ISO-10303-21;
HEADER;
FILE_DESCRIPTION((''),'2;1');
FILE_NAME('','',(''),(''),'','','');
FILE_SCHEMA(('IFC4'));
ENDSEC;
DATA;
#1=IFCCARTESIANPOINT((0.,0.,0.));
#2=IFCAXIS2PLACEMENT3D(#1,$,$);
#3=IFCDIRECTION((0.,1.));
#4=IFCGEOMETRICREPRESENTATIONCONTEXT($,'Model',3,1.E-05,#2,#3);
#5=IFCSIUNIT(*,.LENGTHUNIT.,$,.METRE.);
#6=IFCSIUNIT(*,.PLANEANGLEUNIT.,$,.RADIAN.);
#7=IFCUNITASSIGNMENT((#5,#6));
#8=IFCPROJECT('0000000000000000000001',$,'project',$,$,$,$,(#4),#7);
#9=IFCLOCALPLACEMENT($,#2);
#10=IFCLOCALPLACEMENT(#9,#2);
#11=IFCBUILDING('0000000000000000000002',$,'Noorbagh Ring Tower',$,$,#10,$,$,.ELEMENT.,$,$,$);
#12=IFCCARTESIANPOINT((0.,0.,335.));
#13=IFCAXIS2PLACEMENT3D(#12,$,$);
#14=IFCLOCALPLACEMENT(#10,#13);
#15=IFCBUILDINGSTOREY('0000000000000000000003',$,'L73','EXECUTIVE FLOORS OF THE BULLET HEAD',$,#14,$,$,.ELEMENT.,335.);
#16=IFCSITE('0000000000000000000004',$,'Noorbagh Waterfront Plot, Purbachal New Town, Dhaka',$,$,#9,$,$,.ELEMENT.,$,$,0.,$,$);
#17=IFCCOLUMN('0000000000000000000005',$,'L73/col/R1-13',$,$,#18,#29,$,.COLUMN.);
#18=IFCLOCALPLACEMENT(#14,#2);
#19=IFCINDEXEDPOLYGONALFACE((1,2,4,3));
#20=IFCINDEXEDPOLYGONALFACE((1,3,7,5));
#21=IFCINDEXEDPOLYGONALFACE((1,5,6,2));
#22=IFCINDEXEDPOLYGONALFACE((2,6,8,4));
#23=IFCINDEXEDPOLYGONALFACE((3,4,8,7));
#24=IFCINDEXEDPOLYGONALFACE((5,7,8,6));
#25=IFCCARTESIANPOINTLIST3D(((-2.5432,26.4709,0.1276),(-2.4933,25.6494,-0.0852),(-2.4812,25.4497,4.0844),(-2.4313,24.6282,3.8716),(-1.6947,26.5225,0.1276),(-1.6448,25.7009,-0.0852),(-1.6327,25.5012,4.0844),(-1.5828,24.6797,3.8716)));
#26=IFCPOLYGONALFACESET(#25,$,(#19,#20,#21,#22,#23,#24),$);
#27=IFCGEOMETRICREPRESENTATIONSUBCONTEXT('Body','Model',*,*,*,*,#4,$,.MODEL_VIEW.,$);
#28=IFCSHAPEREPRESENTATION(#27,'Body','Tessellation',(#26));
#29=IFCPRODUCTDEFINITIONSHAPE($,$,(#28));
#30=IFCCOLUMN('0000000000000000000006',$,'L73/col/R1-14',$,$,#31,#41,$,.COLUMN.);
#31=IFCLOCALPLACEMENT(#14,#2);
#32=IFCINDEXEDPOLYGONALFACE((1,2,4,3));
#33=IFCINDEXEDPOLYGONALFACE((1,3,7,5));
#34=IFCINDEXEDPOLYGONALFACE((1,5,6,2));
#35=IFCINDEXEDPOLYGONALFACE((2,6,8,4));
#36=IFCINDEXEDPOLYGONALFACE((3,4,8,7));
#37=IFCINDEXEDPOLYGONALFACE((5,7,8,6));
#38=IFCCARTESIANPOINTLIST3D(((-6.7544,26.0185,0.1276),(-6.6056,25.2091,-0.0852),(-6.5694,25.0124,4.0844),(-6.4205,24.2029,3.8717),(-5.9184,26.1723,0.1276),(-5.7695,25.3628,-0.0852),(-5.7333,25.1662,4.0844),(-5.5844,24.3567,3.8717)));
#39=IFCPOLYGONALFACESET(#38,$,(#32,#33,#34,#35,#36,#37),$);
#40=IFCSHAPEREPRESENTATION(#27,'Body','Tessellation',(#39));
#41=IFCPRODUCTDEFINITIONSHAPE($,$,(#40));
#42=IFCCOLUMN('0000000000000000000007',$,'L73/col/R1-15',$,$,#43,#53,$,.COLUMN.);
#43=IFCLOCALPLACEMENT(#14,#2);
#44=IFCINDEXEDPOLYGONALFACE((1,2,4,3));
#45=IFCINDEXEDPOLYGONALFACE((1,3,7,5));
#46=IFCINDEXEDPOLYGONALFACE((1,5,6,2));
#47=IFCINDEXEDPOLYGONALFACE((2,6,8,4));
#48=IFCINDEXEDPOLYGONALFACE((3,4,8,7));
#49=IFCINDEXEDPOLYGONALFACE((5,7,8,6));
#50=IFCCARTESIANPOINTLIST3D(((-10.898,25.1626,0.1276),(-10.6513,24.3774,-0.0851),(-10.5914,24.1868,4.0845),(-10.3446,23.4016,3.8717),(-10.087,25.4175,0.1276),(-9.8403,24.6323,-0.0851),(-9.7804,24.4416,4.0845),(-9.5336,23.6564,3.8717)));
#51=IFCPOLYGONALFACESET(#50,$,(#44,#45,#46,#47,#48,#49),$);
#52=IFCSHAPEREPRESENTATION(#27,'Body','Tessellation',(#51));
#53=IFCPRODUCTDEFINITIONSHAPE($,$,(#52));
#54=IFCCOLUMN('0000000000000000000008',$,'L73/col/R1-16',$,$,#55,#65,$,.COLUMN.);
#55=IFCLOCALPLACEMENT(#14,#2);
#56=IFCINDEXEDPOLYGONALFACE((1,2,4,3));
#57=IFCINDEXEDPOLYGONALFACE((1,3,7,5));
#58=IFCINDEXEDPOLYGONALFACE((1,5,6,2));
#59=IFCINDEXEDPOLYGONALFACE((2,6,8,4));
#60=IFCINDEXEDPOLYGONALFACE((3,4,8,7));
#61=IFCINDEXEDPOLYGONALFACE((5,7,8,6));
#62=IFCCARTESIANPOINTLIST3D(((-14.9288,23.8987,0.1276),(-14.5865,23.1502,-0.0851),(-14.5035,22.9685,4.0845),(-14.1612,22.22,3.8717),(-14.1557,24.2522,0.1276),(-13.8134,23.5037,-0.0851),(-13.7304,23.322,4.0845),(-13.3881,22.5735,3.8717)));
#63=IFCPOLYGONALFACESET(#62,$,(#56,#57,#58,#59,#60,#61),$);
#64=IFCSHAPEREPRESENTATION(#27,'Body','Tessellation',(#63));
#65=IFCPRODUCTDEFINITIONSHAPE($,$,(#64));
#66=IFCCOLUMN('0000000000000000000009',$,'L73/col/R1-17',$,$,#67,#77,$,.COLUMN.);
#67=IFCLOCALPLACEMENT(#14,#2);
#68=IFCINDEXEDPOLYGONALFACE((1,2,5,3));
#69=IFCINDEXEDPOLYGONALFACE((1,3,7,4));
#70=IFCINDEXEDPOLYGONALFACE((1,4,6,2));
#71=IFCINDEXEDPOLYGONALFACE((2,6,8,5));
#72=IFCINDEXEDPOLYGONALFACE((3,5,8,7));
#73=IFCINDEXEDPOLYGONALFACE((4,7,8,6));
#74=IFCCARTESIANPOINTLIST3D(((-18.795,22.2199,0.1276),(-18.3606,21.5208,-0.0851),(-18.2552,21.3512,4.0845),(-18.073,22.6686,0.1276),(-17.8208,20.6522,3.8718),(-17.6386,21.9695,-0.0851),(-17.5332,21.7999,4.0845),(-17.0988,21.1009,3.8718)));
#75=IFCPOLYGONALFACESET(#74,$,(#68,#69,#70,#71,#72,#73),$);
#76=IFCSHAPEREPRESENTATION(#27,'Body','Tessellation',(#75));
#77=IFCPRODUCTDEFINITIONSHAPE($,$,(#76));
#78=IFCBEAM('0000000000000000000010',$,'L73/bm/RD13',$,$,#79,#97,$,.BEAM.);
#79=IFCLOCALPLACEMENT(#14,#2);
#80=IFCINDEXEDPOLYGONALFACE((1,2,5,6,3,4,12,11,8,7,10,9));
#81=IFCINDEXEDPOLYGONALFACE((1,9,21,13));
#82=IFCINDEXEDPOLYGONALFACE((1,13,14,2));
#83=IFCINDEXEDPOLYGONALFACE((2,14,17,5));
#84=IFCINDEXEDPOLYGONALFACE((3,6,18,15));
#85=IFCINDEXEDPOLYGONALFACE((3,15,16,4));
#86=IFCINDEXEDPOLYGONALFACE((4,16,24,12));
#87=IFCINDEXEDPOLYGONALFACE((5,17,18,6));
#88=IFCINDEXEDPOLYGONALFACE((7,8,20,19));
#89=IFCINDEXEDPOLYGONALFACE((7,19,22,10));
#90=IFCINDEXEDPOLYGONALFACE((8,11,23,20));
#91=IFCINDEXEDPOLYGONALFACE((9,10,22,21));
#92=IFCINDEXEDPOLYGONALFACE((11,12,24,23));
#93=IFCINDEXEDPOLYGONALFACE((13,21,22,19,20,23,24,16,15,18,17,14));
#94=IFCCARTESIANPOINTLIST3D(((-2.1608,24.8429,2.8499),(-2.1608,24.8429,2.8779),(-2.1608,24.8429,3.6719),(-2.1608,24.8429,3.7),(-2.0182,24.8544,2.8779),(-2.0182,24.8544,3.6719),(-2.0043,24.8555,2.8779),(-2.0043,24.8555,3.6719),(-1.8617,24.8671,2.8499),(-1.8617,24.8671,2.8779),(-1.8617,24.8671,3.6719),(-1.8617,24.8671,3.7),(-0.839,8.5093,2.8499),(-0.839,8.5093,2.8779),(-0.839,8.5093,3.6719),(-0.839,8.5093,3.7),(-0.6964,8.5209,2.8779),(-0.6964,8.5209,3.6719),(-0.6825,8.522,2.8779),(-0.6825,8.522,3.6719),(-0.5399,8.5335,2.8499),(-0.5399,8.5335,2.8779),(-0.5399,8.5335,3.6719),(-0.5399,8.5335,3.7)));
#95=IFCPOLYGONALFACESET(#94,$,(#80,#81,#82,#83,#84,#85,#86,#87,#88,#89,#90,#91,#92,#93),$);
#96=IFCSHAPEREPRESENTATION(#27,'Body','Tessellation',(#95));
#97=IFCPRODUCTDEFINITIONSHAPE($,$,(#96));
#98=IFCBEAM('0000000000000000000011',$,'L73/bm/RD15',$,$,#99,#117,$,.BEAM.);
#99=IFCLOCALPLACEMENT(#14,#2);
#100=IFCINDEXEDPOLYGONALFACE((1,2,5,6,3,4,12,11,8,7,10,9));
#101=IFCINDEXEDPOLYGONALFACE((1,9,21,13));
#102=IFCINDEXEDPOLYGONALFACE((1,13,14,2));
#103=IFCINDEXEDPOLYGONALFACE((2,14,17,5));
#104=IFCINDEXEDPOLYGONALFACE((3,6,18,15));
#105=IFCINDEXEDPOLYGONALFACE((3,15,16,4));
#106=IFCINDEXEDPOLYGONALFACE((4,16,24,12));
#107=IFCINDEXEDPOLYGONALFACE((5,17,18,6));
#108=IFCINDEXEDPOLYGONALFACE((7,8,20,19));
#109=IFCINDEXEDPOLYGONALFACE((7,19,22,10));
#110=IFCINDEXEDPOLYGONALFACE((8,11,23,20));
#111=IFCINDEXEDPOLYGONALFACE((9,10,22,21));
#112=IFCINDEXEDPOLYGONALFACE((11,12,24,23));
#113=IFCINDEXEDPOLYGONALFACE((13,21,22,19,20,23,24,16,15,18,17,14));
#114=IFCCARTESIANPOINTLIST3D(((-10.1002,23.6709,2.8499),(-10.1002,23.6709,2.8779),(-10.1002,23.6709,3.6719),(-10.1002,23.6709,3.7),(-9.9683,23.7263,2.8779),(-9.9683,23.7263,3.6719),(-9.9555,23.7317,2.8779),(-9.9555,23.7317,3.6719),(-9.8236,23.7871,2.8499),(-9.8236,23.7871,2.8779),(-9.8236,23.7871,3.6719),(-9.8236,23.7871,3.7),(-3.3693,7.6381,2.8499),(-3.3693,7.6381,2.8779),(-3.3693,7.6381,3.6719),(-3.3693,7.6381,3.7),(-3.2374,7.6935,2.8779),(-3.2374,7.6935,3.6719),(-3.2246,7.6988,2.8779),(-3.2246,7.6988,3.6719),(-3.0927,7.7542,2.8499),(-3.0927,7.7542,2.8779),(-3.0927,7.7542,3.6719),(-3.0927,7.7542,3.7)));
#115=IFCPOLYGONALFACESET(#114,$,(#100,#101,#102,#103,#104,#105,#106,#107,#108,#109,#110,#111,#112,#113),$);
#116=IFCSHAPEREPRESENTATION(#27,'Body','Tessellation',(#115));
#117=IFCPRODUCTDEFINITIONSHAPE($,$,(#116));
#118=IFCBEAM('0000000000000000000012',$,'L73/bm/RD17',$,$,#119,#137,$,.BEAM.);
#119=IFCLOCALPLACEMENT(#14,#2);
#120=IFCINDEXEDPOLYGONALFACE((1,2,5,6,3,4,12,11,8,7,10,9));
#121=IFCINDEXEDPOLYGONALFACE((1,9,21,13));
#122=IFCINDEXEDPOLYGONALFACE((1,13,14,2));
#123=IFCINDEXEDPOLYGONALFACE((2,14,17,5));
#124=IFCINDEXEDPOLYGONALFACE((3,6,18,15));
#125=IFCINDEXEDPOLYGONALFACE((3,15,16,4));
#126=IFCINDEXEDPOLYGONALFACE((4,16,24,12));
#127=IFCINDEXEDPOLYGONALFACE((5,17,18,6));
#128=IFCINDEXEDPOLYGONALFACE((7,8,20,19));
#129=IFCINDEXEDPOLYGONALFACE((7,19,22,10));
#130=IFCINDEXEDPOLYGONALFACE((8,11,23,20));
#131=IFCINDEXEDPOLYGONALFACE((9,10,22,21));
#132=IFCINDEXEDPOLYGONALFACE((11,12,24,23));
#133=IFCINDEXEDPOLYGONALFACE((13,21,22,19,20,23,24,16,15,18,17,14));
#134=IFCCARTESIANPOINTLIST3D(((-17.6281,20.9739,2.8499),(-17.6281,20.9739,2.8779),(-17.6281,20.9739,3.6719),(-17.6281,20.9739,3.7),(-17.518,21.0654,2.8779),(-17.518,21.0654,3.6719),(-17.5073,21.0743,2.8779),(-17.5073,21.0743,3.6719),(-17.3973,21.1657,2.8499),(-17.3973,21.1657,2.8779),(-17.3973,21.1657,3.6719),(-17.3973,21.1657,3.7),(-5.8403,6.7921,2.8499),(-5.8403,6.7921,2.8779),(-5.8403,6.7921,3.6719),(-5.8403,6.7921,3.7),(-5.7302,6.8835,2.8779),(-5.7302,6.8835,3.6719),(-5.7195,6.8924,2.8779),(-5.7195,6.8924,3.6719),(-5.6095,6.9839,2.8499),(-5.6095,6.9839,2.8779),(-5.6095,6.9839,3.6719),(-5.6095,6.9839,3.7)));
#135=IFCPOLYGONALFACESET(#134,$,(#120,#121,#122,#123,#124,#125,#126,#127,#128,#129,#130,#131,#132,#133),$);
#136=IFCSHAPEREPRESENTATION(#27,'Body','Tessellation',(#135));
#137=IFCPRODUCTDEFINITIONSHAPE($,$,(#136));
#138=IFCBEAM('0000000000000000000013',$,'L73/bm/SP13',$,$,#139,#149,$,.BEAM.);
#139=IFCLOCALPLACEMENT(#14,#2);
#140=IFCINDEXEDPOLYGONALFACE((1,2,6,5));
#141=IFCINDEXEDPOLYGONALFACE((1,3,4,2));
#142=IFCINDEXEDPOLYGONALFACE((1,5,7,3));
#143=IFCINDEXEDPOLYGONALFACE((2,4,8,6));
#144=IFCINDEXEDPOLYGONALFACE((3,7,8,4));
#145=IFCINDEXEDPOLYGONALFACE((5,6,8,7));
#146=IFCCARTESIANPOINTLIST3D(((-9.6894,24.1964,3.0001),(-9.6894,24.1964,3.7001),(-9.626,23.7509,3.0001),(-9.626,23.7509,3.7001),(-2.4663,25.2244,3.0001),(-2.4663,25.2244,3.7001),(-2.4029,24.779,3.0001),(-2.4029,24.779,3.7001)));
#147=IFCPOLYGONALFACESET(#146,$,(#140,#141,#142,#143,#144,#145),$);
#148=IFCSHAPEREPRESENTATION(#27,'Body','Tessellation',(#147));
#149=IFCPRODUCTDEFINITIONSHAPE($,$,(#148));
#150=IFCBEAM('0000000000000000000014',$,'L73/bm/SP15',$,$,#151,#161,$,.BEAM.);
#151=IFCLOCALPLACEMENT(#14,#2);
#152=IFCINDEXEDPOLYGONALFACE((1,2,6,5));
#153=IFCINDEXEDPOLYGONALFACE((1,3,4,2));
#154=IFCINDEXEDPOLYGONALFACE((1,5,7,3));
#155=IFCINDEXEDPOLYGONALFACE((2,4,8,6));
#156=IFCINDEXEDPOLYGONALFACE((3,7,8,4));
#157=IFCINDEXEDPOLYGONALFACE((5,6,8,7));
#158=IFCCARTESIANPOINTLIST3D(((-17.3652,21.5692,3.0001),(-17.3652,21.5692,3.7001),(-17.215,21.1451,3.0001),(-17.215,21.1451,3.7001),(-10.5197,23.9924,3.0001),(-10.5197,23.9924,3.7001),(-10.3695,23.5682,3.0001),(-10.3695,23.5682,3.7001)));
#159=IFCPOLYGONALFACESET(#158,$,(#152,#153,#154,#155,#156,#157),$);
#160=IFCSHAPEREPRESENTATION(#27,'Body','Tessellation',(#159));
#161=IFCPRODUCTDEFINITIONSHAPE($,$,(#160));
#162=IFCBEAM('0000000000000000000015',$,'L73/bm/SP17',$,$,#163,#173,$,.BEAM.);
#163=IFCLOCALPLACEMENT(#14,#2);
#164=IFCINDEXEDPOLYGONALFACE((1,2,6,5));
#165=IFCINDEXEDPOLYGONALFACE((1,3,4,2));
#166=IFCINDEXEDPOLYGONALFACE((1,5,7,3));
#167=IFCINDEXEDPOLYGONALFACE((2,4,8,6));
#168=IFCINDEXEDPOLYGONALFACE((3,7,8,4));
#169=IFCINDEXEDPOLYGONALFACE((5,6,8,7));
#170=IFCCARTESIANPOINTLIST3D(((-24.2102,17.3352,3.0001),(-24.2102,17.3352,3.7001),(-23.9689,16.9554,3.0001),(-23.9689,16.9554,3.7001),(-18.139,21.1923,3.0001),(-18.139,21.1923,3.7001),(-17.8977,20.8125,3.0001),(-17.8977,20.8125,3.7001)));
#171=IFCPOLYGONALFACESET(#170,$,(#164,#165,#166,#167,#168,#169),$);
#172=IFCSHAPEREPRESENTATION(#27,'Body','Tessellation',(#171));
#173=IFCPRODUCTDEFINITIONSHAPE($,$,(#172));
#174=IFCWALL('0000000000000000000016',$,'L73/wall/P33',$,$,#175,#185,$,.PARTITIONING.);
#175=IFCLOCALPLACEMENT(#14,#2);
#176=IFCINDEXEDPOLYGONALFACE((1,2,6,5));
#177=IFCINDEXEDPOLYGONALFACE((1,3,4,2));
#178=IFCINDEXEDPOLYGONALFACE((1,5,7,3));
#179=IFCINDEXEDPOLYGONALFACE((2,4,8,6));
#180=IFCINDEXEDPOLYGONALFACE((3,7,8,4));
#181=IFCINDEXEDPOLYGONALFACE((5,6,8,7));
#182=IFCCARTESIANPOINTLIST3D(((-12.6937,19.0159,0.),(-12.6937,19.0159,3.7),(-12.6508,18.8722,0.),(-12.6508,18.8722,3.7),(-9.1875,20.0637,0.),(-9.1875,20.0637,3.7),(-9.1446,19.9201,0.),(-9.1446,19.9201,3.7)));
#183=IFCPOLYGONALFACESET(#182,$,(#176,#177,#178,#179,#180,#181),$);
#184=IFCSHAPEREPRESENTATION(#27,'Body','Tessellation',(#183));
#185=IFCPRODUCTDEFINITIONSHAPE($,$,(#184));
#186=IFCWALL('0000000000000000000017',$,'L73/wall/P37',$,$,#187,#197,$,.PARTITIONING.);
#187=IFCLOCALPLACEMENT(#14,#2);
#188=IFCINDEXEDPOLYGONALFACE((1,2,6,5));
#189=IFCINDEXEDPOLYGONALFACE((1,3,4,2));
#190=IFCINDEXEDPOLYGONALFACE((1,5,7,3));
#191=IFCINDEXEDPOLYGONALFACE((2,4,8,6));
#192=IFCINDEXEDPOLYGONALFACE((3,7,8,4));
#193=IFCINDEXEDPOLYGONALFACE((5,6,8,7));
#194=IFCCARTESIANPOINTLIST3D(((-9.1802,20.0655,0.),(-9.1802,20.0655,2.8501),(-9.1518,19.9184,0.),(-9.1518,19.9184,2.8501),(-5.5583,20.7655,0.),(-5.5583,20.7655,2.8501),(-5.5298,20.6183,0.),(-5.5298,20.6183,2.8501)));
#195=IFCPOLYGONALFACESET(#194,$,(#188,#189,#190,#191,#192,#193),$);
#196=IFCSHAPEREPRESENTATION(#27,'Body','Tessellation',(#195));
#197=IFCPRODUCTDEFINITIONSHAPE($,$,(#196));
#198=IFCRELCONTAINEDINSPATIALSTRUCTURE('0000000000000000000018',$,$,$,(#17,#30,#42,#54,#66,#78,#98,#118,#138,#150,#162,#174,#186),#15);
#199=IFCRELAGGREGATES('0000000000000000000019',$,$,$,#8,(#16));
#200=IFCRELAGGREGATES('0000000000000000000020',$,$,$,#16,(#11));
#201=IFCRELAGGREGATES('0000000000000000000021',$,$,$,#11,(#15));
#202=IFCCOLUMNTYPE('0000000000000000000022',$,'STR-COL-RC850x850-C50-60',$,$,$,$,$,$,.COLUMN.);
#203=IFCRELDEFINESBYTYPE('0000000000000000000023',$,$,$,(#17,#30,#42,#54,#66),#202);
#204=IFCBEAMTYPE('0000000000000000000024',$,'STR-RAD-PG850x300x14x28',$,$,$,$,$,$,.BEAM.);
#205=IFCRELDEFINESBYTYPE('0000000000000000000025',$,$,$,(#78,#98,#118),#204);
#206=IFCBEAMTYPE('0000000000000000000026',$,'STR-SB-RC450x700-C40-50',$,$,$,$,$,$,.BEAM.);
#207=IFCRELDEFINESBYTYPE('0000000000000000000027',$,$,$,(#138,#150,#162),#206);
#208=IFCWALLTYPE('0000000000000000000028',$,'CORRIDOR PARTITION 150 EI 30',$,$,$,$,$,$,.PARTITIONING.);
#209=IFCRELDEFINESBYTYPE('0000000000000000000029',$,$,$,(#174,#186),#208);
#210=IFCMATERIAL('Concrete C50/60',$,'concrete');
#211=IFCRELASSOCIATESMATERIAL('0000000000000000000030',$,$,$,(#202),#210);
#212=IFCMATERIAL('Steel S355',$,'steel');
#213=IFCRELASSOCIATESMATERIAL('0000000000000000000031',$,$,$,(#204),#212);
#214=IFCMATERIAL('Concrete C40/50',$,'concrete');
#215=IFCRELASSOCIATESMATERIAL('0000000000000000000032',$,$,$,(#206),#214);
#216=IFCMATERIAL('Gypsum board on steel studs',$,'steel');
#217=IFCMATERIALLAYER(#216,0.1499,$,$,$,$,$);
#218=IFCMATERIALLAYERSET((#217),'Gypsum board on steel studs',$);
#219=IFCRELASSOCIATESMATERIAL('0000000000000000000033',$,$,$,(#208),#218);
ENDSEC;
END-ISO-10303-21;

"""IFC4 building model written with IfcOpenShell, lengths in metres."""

from ifc_helpers import new_model, si_unit, direction, frame, frame_2d, origin, origin_2d, place, context, subcontext, project, spatial, rectangle, i_section, extrude, material, layer, layer_set, material_profile, profile_set, type_object, element, save


model = new_model("IFC4")

# Units and contexts
model_context = context("Model", 3, precision=1e-05, world=origin(), true_north=direction((0.0, 1.0)))
body_context = subcontext(model_context, "Body", "Model", "MODEL_VIEW")
ifc_project = project(units=[si_unit("LENGTHUNIT", "METRE"), si_unit("PLANEANGLEUNIT", "RADIAN")], contexts=[model_context])

# Site, building, storey
site_placement = place(None, origin())
site = spatial("IfcSite", under=ifc_project, at=site_placement, Name="Noorbagh Waterfront Plot, Purbachal New Town, Dhaka", CompositionType="ELEMENT", RefElevation=0.0)
building_placement = place(site_placement, origin())
building = spatial("IfcBuilding", under=site, at=building_placement, Name="Noorbagh Ring Tower", CompositionType="ELEMENT")
storey_placement = place(building_placement, frame((0.0, 0.0, 335.0)))
storey = spatial("IfcBuildingStorey", under=building, at=storey_placement, Name="L73", Description="EXECUTIVE FLOORS OF THE BULLET HEAD", CompositionType="ELEMENT", Elevation=335.0)

# Columns
ifc_material_1 = material(Name="Concrete C50/60", Category="concrete")
ifc_material_profile_1 = material_profile(ifc_material_1, rectangle(XDim=0.8501, YDim=0.8501, at=origin_2d()), Name="RC850x850")
ifc_profile_set_1 = profile_set([ifc_material_profile_1], Name="Concrete C50/60")
column_type = type_object("IfcColumnType", Name="STR-COL-RC850x850-C50-60", PredefinedType="COLUMN", material=ifc_profile_set_1)
for number, where, z_axis, x_axis, name in (
    (1, (-2.094, 26.0859, 0.0212), (0.015173, -0.24988, 0.968158), (0.998162, 0.06061, 0.0), "L73/col/R1-13"),
    (2, (-6.262, 25.6907, 0.0212), (0.045281, -0.246178, 0.968166), (0.983501, 0.180901, 0.0), "L73/col/R1-14"),
    (3, (-10.3691, 24.8975, 0.0212), (0.075031, -0.238772, 0.968173), (0.954007, 0.299783, 0.0), "L73/col/R1-15"),
    (4, (-14.3711, 23.7012, 0.0212), (0.104064, -0.227603, 0.968178), (0.909449, 0.415816, 0.0), "L73/col/R1-16"),
    (5, (-18.2168, 22.0947, 0.0212), (0.132082, -0.21255, 0.968182), (0.849363, 0.527808, 0.0), "L73/col/R1-17"),
):
    element("IfcColumn", number, at=place(storey_placement, frame(where, z_axis=z_axis, x_axis=x_axis)), inside=storey, type_object=column_type, Name=name, PredefinedType="COLUMN", context=body_context, shape_type="SweptSolid", body=[
        extrude(rectangle(XDim=0.8501, YDim=0.8501, at=origin_2d()), origin(), (0.0, 0.0, 1.0), 4.0869),
    ])

# Beams
ifc_material_2 = material(Name="Steel S355", Category="steel")
ifc_material_profile_2 = material_profile(ifc_material_2, i_section(OverallWidth=0.3, OverallDepth=0.8501, WebThickness=0.0139, FlangeThickness=0.0281, at=origin_2d()), Name="PG850x300x14x28")
ifc_profile_set_2 = profile_set([ifc_material_profile_2], Name="Steel S355")
beam_type_1 = type_object("IfcBeamType", Name="STR-RAD-PG850x300x14x28", PredefinedType="BEAM", material=ifc_profile_set_2)
beam_1_placement = place(storey_placement, frame((-2.0112, 24.855, 3.2749), z_axis=(0.080661, -0.996742, 0.0), x_axis=(0.996742, 0.080661, 0.0)))
element("IfcBeam", 6, at=beam_1_placement, inside=storey, type_object=beam_type_1, Name="L73/bm/RD13", PredefinedType="BEAM", context=body_context, shape_type="SweptSolid", body=[
    extrude(i_section(OverallWidth=0.3, OverallDepth=0.8501, WebThickness=0.0139, FlangeThickness=0.0281, at=origin_2d()), origin(), (0.0, 0.0, 1.0), 16.387),
])
beam_2_placement = place(storey_placement, frame((-9.9619, 23.729, 3.2749), z_axis=(0.387091, -0.922041, 0.0), x_axis=(0.922041, 0.387091, 0.0)))
element("IfcBeam", 7, at=beam_2_placement, inside=storey, type_object=beam_type_1, Name="L73/bm/RD15", PredefinedType="BEAM", context=body_context, shape_type="SweptSolid", body=[
    extrude(i_section(OverallWidth=0.3, OverallDepth=0.8501, WebThickness=0.0139, FlangeThickness=0.0281, at=origin_2d()), origin(), (0.0, 0.0, 1.0), 17.3884),
])
beam_3_placement = place(storey_placement, frame((-17.5127, 21.0698, 3.2749), z_axis=(0.639211, -0.769031, 0.0), x_axis=(0.769031, 0.639211, 0.0)))
element("IfcBeam", 8, at=beam_3_placement, inside=storey, type_object=beam_type_1, Name="L73/bm/RD17", PredefinedType="BEAM", context=body_context, shape_type="SweptSolid", body=[
    extrude(i_section(OverallWidth=0.3, OverallDepth=0.8501, WebThickness=0.0139, FlangeThickness=0.0281, at=origin_2d()), origin(), (0.0, 0.0, 1.0), 18.4412),
])
ifc_material_3 = material(Name="Concrete C40/50", Category="concrete")
ifc_material_profile_3 = material_profile(ifc_material_3, rectangle(XDim=0.45, YDim=0.7, at=origin_2d()), Name="RC450x700")
ifc_profile_set_3 = profile_set([ifc_material_profile_3], Name="Concrete C40/50")
beam_type_2 = type_object("IfcBeamType", Name="STR-SB-RC450x700-C40-50", PredefinedType="BEAM", material=ifc_profile_set_3)
beam_4_placement = place(storey_placement, frame((-2.4346, 25.0017, 3.3501), z_axis=(-0.990022, -0.140911, 0.0), x_axis=(0.140911, -0.990022, 0.0)))
element("IfcBeam", 9, at=beam_4_placement, inside=storey, type_object=beam_type_2, Name="L73/bm/SP13", PredefinedType="BEAM", context=body_context, shape_type="SweptSolid", body=[
    extrude(rectangle(XDim=0.45, YDim=0.7, at=origin_2d()), origin(), (0.0, 0.0, 1.0), 7.2959),
])
beam_5_placement = place(storey_placement, frame((-10.4446, 23.7803, 3.3501), z_axis=(-0.942685, -0.333683, 0.0), x_axis=(0.333683, -0.942685, 0.0)))
element("IfcBeam", 10, at=beam_5_placement, inside=storey, type_object=beam_type_2, Name="L73/bm/SP15", PredefinedType="BEAM", context=body_context, shape_type="SweptSolid", body=[
    extrude(rectangle(XDim=0.45, YDim=0.7, at=origin_2d()), origin(), (0.0, 0.0, 1.0), 7.2617),
])
beam_6_placement = place(storey_placement, frame((-18.0183, 21.0024, 3.3501), z_axis=(-0.844062, -0.536245, 0.0), x_axis=(0.536245, -0.844062, 0.0)))
element("IfcBeam", 11, at=beam_6_placement, inside=storey, type_object=beam_type_2, Name="L73/bm/SP17", PredefinedType="BEAM", context=body_context, shape_type="SweptSolid", body=[
    extrude(rectangle(XDim=0.45, YDim=0.7, at=origin_2d()), origin(), (0.0, 0.0, 1.0), 7.1929),
])

# Walls
ifc_material_4 = material(Name="Gypsum board on steel studs", Category="steel")
ifc_layer_1 = layer(ifc_material_4, 0.1499)
ifc_layer_set_1 = layer_set([ifc_layer_1], Name="Gypsum board on steel studs")
wall_type_1 = type_object("IfcWallType", Name="CORRIDOR PARTITION 150 EI 30", PredefinedType="PARTITIONING", material=ifc_layer_set_1)
wall_1_placement = place(storey_placement, frame((-12.6721, 18.9441, 0.0), z_axis=(0.0, 0.0, 1.0), x_axis=(0.958125, 0.28635, 0.0)))
element("IfcWall", 12, at=wall_1_placement, inside=storey, type_object=wall_type_1, Name="L73/wall/P33", PredefinedType="PARTITIONING", context=body_context, shape_type="SweptSolid", body=[
    extrude(rectangle(XDim=3.6594, YDim=0.1499, at=frame_2d((1.8296, 0.0))), origin(), (0.0, 0.0, 1.0), 3.7),
])
wall_2_placement = place(storey_placement, frame((-9.166, 19.9919, 0.0), z_axis=(0.0, 0.0, 1.0), x_axis=(0.981835, 0.189736, 0.0)))
element("IfcWall", 13, at=wall_2_placement, inside=storey, type_object=wall_type_1, Name="L73/wall/P37", PredefinedType="PARTITIONING", context=body_context, shape_type="SweptSolid", body=[
    extrude(rectangle(XDim=3.689, YDim=0.1499, at=frame_2d((1.8445, 0.0))), origin(), (0.0, 0.0, 1.0), 2.8501),
])

save(model, "model.ifc")
